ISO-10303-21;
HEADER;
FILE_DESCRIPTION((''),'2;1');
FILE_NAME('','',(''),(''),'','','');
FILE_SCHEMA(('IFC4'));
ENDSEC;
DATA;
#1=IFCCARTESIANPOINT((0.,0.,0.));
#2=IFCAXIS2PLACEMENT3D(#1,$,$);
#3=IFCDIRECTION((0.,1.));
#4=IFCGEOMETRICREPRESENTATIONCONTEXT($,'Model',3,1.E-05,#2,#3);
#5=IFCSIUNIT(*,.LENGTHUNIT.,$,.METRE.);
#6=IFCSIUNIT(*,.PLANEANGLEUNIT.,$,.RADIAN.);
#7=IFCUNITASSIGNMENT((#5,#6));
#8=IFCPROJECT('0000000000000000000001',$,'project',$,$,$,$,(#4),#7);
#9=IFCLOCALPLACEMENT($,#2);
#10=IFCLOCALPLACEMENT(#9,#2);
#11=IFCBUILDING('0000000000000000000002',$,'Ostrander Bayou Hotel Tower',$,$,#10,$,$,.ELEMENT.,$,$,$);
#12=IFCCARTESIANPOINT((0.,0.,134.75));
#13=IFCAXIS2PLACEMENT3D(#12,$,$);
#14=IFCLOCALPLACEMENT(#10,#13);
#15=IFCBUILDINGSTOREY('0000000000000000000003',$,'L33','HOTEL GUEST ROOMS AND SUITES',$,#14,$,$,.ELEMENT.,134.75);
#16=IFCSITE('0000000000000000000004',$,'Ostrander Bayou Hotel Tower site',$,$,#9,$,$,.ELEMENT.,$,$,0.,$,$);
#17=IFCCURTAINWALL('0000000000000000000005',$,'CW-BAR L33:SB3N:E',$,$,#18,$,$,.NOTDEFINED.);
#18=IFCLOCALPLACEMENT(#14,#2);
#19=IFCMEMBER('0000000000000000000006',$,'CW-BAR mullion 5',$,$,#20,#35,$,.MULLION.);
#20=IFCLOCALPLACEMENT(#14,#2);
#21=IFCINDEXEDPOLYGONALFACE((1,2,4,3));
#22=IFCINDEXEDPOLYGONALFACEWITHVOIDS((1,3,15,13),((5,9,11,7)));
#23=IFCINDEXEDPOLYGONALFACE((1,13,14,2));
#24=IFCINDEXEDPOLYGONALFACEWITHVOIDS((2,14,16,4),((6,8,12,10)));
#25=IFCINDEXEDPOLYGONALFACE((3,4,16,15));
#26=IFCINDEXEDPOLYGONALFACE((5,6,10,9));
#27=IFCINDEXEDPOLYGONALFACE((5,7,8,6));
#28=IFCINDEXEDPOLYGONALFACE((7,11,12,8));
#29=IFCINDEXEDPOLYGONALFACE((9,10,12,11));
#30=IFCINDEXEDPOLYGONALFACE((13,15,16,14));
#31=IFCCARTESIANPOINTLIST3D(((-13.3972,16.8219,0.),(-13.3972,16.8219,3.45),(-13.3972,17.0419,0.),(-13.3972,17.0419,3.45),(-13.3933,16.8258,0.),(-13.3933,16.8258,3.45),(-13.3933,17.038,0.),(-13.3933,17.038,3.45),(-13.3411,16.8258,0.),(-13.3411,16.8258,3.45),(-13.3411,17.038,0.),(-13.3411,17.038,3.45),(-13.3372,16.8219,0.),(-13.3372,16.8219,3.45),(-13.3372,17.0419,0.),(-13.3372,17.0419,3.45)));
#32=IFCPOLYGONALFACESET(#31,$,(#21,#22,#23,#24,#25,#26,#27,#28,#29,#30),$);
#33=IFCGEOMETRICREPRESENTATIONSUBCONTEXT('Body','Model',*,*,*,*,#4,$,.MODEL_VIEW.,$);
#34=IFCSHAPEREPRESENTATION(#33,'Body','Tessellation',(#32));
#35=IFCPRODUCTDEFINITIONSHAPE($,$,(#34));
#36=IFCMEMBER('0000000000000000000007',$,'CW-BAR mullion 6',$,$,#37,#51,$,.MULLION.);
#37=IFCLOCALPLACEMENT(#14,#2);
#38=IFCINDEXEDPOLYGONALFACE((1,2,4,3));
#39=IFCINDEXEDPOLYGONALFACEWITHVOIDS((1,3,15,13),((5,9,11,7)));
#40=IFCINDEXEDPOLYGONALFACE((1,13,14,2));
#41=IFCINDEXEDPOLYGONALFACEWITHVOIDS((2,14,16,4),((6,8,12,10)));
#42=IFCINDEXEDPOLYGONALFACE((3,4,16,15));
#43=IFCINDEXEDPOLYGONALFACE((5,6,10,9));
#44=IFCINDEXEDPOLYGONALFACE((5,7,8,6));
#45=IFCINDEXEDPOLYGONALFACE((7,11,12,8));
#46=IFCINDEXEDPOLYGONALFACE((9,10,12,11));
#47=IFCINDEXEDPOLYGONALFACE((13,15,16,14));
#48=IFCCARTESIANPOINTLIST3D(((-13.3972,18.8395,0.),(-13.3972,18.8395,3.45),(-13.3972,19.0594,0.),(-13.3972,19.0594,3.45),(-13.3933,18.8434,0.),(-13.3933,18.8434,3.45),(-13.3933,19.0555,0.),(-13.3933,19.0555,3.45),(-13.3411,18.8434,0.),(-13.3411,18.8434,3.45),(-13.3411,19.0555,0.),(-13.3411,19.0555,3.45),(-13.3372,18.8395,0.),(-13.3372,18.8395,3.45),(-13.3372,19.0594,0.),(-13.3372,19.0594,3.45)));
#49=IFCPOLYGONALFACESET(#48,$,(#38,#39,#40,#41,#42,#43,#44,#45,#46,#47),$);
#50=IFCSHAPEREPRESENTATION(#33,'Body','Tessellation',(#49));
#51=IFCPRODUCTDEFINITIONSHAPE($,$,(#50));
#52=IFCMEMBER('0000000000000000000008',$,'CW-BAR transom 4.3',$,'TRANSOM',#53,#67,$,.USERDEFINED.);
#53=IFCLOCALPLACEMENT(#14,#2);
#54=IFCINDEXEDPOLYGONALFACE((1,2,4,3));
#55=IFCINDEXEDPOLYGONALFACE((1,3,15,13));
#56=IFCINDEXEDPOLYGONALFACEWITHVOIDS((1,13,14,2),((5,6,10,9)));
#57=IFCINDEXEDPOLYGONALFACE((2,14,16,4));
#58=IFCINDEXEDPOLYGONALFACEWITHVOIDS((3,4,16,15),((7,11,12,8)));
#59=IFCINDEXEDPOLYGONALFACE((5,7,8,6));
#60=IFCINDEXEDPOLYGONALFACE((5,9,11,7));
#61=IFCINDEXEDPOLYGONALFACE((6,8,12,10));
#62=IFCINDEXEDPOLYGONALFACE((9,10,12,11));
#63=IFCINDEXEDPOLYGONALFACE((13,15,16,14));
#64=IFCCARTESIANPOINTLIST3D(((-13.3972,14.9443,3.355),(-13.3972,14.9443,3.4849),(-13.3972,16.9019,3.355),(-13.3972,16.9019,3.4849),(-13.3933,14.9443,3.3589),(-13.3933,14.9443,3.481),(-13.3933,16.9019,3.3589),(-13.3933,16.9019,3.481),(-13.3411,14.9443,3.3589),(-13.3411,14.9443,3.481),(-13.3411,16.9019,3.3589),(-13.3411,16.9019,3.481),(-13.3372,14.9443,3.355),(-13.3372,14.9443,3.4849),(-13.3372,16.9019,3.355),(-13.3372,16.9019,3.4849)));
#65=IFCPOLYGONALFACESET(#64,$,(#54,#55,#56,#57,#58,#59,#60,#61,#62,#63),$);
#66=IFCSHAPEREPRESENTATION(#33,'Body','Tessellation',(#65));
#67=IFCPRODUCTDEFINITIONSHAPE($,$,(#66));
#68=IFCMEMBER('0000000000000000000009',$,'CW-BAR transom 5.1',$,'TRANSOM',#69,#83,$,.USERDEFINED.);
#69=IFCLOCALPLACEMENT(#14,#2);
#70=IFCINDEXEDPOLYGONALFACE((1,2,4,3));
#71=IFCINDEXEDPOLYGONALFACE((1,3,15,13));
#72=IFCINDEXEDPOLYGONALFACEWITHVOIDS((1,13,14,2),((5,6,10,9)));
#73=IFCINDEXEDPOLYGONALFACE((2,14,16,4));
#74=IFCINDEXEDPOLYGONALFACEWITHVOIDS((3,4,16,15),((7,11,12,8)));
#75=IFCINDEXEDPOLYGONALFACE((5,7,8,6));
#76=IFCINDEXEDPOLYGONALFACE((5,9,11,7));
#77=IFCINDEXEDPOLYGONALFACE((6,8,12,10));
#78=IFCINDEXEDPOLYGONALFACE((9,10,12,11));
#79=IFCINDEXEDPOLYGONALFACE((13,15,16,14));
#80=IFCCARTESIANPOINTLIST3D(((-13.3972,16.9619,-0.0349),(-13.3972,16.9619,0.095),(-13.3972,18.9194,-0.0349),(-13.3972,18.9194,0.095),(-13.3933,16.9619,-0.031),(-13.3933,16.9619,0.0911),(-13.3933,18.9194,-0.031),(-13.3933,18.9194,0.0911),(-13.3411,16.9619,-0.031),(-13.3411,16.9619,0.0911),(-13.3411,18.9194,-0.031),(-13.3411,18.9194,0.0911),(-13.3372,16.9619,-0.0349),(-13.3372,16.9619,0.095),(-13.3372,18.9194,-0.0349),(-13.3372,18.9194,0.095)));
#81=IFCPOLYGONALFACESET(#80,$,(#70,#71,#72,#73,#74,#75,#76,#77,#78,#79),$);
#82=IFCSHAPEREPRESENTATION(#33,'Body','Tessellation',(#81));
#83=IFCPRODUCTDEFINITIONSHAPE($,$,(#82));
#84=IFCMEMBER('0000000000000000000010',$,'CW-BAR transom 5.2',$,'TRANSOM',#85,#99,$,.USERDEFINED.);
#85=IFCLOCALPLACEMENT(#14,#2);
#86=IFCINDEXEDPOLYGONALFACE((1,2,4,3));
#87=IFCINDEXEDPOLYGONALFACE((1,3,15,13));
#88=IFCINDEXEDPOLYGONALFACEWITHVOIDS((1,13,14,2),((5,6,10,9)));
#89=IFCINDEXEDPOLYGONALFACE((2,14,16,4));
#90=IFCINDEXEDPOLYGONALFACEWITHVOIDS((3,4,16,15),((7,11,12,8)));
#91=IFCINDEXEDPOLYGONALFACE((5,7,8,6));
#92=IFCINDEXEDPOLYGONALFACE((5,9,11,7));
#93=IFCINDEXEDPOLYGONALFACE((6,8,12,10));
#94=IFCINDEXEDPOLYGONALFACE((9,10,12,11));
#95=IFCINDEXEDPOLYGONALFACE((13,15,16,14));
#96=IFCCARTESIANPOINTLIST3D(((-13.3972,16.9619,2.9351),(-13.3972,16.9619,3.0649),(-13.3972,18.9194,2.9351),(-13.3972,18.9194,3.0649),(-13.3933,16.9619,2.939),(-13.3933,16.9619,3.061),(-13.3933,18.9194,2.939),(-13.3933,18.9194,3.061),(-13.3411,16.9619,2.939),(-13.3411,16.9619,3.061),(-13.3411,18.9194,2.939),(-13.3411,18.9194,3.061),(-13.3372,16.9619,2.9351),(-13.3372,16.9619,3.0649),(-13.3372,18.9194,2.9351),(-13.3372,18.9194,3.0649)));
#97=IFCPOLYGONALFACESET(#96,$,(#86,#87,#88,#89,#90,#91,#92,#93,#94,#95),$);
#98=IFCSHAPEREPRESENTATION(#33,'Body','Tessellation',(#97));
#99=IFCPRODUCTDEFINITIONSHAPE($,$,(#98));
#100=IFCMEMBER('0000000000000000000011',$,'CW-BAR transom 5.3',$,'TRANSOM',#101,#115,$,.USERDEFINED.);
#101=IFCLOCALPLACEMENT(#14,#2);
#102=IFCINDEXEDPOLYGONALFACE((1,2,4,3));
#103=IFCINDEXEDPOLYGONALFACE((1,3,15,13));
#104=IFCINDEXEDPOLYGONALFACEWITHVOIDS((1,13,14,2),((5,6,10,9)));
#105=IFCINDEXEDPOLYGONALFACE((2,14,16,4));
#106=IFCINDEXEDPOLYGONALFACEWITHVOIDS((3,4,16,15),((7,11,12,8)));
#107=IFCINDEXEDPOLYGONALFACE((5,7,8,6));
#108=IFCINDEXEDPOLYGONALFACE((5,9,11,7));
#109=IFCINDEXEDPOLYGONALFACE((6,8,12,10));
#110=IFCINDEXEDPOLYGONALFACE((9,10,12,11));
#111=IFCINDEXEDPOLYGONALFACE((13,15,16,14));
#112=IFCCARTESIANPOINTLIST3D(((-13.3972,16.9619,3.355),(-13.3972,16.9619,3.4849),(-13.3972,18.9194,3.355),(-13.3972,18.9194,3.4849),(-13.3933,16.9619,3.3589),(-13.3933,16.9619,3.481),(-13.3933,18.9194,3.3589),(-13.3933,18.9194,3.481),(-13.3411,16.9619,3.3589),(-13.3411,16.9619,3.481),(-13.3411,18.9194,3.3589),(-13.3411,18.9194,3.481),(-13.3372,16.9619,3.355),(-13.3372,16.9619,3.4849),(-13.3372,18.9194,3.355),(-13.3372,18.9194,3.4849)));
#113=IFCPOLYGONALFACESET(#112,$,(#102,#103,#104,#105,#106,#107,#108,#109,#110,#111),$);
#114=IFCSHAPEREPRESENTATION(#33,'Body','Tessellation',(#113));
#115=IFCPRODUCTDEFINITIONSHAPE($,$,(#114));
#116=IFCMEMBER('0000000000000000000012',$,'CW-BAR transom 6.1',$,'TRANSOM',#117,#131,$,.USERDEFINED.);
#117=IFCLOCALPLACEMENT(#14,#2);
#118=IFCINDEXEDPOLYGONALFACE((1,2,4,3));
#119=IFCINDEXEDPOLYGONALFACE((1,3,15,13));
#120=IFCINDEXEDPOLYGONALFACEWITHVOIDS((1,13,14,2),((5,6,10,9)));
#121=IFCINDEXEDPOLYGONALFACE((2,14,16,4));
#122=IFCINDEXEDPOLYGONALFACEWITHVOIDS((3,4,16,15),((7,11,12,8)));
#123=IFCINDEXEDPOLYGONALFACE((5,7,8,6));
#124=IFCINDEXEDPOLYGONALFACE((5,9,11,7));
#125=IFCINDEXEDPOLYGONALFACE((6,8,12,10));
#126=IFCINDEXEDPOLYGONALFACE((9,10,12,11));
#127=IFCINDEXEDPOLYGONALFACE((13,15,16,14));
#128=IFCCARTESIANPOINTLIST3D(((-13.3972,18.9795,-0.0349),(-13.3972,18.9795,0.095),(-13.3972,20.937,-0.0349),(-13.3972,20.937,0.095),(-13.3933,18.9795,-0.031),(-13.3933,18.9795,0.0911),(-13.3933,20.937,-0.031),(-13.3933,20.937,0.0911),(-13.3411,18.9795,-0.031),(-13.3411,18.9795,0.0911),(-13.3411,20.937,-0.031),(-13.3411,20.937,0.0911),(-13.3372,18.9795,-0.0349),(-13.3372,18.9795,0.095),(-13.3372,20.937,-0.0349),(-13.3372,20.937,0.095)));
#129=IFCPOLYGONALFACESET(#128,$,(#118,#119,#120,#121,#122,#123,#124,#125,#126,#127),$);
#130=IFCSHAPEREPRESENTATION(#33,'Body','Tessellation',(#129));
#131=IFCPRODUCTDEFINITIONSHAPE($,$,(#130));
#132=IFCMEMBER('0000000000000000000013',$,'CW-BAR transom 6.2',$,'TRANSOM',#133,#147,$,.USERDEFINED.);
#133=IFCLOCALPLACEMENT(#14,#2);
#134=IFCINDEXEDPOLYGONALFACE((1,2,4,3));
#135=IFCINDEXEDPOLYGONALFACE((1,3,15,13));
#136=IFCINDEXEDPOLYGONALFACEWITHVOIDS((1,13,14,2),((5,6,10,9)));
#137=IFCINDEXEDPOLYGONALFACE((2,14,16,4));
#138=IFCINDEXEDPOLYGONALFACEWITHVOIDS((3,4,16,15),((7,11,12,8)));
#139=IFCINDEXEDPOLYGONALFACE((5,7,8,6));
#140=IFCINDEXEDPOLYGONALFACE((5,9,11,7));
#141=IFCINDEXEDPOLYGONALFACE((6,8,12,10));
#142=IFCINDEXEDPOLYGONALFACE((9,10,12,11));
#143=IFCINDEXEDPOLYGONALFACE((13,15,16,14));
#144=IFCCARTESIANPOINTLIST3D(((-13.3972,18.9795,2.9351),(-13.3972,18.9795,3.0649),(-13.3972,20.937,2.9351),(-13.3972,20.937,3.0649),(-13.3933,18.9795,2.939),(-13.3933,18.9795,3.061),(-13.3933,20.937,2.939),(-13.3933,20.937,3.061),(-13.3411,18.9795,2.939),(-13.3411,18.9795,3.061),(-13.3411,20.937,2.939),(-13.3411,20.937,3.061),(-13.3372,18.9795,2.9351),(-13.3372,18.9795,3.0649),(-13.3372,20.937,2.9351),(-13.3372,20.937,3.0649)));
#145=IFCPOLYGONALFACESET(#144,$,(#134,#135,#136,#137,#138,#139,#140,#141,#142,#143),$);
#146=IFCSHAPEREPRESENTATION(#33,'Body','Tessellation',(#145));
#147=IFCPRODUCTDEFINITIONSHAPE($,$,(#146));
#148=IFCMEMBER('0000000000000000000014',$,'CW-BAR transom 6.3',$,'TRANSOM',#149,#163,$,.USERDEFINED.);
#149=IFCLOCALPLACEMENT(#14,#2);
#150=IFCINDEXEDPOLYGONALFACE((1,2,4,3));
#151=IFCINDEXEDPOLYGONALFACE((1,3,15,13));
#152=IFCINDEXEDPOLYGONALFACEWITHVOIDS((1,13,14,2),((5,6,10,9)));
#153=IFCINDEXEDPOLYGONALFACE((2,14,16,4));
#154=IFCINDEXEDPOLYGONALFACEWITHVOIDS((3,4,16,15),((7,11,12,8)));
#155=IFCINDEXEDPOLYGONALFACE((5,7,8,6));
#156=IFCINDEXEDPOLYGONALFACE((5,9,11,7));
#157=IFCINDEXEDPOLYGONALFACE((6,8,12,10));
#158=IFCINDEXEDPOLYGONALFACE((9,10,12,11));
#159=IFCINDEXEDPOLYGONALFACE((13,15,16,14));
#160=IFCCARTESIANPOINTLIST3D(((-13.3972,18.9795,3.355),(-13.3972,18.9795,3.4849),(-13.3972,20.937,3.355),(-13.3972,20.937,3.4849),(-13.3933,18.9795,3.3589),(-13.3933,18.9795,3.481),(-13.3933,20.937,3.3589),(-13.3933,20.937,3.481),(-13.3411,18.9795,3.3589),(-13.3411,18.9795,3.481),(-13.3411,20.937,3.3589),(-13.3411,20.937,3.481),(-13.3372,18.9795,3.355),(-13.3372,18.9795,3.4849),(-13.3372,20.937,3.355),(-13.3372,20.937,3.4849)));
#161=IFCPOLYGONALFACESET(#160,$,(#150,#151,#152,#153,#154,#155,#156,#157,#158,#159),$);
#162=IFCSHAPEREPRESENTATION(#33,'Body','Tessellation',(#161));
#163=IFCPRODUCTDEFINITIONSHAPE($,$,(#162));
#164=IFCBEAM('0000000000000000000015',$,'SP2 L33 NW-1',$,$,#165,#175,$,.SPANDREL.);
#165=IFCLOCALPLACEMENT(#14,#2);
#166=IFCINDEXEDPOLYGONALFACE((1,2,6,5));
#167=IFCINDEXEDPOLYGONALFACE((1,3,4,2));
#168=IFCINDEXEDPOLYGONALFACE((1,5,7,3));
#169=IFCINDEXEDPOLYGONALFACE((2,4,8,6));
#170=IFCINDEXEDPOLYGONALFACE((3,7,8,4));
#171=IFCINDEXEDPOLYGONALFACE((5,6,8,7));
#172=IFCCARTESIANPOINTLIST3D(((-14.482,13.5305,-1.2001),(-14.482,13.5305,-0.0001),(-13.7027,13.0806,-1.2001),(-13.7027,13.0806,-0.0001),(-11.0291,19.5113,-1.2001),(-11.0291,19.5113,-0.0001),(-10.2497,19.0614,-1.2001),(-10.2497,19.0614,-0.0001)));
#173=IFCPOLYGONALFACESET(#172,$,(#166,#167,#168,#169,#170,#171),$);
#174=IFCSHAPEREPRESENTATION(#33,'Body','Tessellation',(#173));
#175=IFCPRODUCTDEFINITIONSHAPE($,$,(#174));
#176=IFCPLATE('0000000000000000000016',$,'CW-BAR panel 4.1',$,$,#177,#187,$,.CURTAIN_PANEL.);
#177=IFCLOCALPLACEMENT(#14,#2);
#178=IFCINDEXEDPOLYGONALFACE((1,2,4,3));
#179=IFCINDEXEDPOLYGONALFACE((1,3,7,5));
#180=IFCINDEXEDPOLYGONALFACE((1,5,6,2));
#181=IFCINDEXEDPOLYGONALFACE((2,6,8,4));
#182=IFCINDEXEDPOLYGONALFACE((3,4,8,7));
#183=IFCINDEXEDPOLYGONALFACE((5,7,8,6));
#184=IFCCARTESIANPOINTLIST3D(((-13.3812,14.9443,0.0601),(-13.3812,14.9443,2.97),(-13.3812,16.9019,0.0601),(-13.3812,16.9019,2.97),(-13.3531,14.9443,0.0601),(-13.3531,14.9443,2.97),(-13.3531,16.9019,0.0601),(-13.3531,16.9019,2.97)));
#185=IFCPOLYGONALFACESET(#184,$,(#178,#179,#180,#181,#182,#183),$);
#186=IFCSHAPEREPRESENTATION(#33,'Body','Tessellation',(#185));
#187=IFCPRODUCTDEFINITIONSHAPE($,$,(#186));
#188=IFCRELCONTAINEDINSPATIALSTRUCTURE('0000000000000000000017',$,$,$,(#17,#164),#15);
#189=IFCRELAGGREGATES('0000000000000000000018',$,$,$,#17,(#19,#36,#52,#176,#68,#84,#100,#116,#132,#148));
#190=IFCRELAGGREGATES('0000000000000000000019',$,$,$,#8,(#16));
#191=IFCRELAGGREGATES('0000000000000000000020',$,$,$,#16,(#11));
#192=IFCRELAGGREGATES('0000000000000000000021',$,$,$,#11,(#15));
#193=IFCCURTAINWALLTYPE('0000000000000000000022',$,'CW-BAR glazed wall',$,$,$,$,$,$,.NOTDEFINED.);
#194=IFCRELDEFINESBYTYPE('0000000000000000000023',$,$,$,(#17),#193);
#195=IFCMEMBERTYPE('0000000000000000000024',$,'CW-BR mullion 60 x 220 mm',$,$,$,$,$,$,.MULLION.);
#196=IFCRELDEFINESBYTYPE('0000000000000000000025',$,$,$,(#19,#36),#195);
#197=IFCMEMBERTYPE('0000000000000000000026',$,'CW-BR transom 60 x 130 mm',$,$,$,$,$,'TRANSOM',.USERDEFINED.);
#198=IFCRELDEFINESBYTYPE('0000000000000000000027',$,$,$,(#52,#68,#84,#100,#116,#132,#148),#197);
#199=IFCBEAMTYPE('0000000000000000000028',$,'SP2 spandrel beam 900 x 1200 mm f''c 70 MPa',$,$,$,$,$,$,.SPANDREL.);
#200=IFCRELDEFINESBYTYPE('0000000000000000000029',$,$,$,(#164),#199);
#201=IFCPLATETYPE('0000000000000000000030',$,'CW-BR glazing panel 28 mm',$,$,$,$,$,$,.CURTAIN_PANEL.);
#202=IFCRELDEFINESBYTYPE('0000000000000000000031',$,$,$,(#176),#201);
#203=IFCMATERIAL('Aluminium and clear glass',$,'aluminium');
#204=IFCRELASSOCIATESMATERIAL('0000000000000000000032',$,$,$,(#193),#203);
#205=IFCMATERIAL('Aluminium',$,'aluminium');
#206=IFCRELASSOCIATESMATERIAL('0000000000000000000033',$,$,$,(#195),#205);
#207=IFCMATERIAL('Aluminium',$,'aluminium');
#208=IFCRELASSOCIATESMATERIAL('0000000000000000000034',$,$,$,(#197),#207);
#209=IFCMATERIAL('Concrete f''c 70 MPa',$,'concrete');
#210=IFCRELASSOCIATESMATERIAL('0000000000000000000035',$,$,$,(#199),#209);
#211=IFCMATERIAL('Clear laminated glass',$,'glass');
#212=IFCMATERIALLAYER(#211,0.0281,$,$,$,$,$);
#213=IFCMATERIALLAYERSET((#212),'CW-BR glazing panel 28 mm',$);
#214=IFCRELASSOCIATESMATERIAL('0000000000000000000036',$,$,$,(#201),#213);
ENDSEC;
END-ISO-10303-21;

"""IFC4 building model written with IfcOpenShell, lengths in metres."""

from ifc_helpers import new_model, si_unit, direction, frame, origin, origin_2d, place, context, subcontext, project, spatial, rectangle, hollow_rectangle, extrude, material, layer, layer_set, material_profile, profile_set, type_object, element, aggregate, save


model = new_model("IFC4")

# Units and contexts
model_context = context("Model", 3, precision=1e-05, world=origin(), true_north=direction((0.0, 1.0)))
body_context = subcontext(model_context, "Body", "Model", "MODEL_VIEW")
ifc_project = project(units=[si_unit("LENGTHUNIT", "METRE"), si_unit("PLANEANGLEUNIT", "RADIAN")], contexts=[model_context])

# Site, building, storey
site_placement = place(None, origin())
site = spatial("IfcSite", under=ifc_project, at=site_placement, Name="Ostrander Bayou Hotel Tower site", CompositionType="ELEMENT", RefElevation=0.0)
building_placement = place(site_placement, origin())
building = spatial("IfcBuilding", under=site, at=building_placement, Name="Ostrander Bayou Hotel Tower", CompositionType="ELEMENT")
storey_placement = place(building_placement, frame((0.0, 0.0, 134.75)))
storey = spatial("IfcBuildingStorey", under=building, at=storey_placement, Name="L33", Description="HOTEL GUEST ROOMS AND SUITES", CompositionType="ELEMENT", Elevation=134.75)

# Curtain wall, members
ifc_material_1 = material(Name="Aluminium and clear glass", Category="aluminium")
curtain_wall_type = type_object("IfcCurtainWallType", Name="CW-BAR glazed wall", PredefinedType="NOTDEFINED", material=ifc_material_1)
curtain_wall_placement = place(storey_placement, origin())
curtain_wall = element("IfcCurtainWall", 1, at=curtain_wall_placement, inside=storey, type_object=curtain_wall_type, Name="CW-BAR L33:SB3N:E", PredefinedType="NOTDEFINED")
ifc_material_2 = material(Name="Aluminium", Category="aluminium")
ifc_material_profile_1 = material_profile(ifc_material_2, hollow_rectangle(XDim=0.0601, YDim=0.22, WallThickness=0.0039, at=origin_2d()))
ifc_profile_set_1 = profile_set([ifc_material_profile_1], Name="Aluminium")
member_type_1 = type_object("IfcMemberType", Name="CW-BR mullion 60 x 220 mm", PredefinedType="MULLION", material=ifc_profile_set_1)
member_1_placement = place(storey_placement, frame((-13.3672, 16.9319, 0.0), z_axis=(0.0, 0.0, 1.0), x_axis=(-1.0, 0.0, 0.0)))
member_1 = element("IfcMember", 2, at=member_1_placement, type_object=member_type_1, Name="CW-BAR mullion 5", PredefinedType="MULLION", context=body_context, shape_type="SweptSolid", body=[
    extrude(hollow_rectangle(XDim=0.0601, YDim=0.22, WallThickness=0.0039, at=origin_2d()), origin(), (0.0, 0.0, 1.0), 3.45),
])
member_2_placement = place(storey_placement, frame((-13.3672, 18.9495, 0.0), z_axis=(0.0, 0.0, 1.0), x_axis=(-1.0, 0.0, 0.0)))
member_2 = element("IfcMember", 3, at=member_2_placement, type_object=member_type_1, Name="CW-BAR mullion 6", PredefinedType="MULLION", context=body_context, shape_type="SweptSolid", body=[
    extrude(hollow_rectangle(XDim=0.0601, YDim=0.22, WallThickness=0.0039, at=origin_2d()), origin(), (0.0, 0.0, 1.0), 3.45),
])
ifc_material_3 = material(Name="Aluminium", Category="aluminium")
ifc_material_profile_2 = material_profile(ifc_material_3, hollow_rectangle(XDim=0.0601, YDim=0.1299, WallThickness=0.0039, at=origin_2d()))
ifc_profile_set_2 = profile_set([ifc_material_profile_2], Name="Aluminium")
member_type_2 = type_object("IfcMemberType", Name="CW-BR transom 60 x 130 mm", ElementType="TRANSOM", PredefinedType="USERDEFINED", material=ifc_profile_set_2)
member_3_placement = place(storey_placement, frame((-13.3672, 14.9443, 3.4199), z_axis=(0.0, 1.0, 0.0), x_axis=(-1.0, 0.0, 0.0)))
member_3 = element("IfcMember", 4, at=member_3_placement, type_object=member_type_2, Name="CW-BAR transom 4.3", ObjectType="TRANSOM", PredefinedType="USERDEFINED", context=body_context, shape_type="SweptSolid", body=[
    extrude(hollow_rectangle(XDim=0.0601, YDim=0.1299, WallThickness=0.0039, at=origin_2d()), origin(), (0.0, 0.0, 1.0), 1.9575),
])
member_4_placement = place(storey_placement, frame((-13.3672, 16.9619, 0.03), z_axis=(0.0, 1.0, 0.0), x_axis=(-1.0, 0.0, 0.0)))
member_4 = element("IfcMember", 5, at=member_4_placement, type_object=member_type_2, Name="CW-BAR transom 5.1", ObjectType="TRANSOM", PredefinedType="USERDEFINED", context=body_context, shape_type="SweptSolid", body=[
    extrude(hollow_rectangle(XDim=0.0601, YDim=0.1299, WallThickness=0.0039, at=origin_2d()), origin(), (0.0, 0.0, 1.0), 1.9575),
])
member_5_placement = place(storey_placement, frame((-13.3672, 16.9619, 3.0), z_axis=(0.0, 1.0, 0.0), x_axis=(-1.0, 0.0, 0.0)))
member_5 = element("IfcMember", 6, at=member_5_placement, type_object=member_type_2, Name="CW-BAR transom 5.2", ObjectType="TRANSOM", PredefinedType="USERDEFINED", context=body_context, shape_type="SweptSolid", body=[
    extrude(hollow_rectangle(XDim=0.0601, YDim=0.1299, WallThickness=0.0039, at=origin_2d()), origin(), (0.0, 0.0, 1.0), 1.9575),
])
member_6_placement = place(storey_placement, frame((-13.3672, 16.9619, 3.4199), z_axis=(0.0, 1.0, 0.0), x_axis=(-1.0, 0.0, 0.0)))
member_6 = element("IfcMember", 7, at=member_6_placement, type_object=member_type_2, Name="CW-BAR transom 5.3", ObjectType="TRANSOM", PredefinedType="USERDEFINED", context=body_context, shape_type="SweptSolid", body=[
    extrude(hollow_rectangle(XDim=0.0601, YDim=0.1299, WallThickness=0.0039, at=origin_2d()), origin(), (0.0, 0.0, 1.0), 1.9575),
])
member_7_placement = place(storey_placement, frame((-13.3672, 18.9795, 0.03), z_axis=(0.0, 1.0, 0.0), x_axis=(-1.0, 0.0, 0.0)))
member_7 = element("IfcMember", 8, at=member_7_placement, type_object=member_type_2, Name="CW-BAR transom 6.1", ObjectType="TRANSOM", PredefinedType="USERDEFINED", context=body_context, shape_type="SweptSolid", body=[
    extrude(hollow_rectangle(XDim=0.0601, YDim=0.1299, WallThickness=0.0039, at=origin_2d()), origin(), (0.0, 0.0, 1.0), 1.9575),
])
member_8_placement = place(storey_placement, frame((-13.3672, 18.9795, 3.0), z_axis=(0.0, 1.0, 0.0), x_axis=(-1.0, 0.0, 0.0)))
member_8 = element("IfcMember", 9, at=member_8_placement, type_object=member_type_2, Name="CW-BAR transom 6.2", ObjectType="TRANSOM", PredefinedType="USERDEFINED", context=body_context, shape_type="SweptSolid", body=[
    extrude(hollow_rectangle(XDim=0.0601, YDim=0.1299, WallThickness=0.0039, at=origin_2d()), origin(), (0.0, 0.0, 1.0), 1.9575),
])
member_9_placement = place(storey_placement, frame((-13.3672, 18.9795, 3.4199), z_axis=(0.0, 1.0, 0.0), x_axis=(-1.0, 0.0, 0.0)))
member_9 = element("IfcMember", 10, at=member_9_placement, type_object=member_type_2, Name="CW-BAR transom 6.3", ObjectType="TRANSOM", PredefinedType="USERDEFINED", context=body_context, shape_type="SweptSolid", body=[
    extrude(hollow_rectangle(XDim=0.0601, YDim=0.1299, WallThickness=0.0039, at=origin_2d()), origin(), (0.0, 0.0, 1.0), 1.9575),
])

# Beam
ifc_material_4 = material(Name="Concrete f'c 70 MPa", Category="concrete")
ifc_material_profile_3 = material_profile(ifc_material_4, rectangle(XDim=0.8999, YDim=1.2, at=origin_2d()))
ifc_profile_set_3 = profile_set([ifc_material_profile_3], Name="Concrete f'c 70 MPa")
beam_type = type_object("IfcBeamType", Name="SP2 spandrel beam 900 x 1200 mm f'c 70 MPa", PredefinedType="SPANDREL", material=ifc_profile_set_3)
beam_placement = place(storey_placement, frame((-10.6394, 19.2864, -0.6001), z_axis=(-0.499991, -0.866031, 0.0), x_axis=(0.866031, -0.499991, 0.0)))
element("IfcBeam", 11, at=beam_placement, inside=storey, type_object=beam_type, Name="SP2 L33 NW-1", PredefinedType="SPANDREL", context=body_context, shape_type="SweptSolid", body=[
    extrude(rectangle(XDim=0.8999, YDim=1.2, at=origin_2d()), origin(), (0.0, 0.0, 1.0), 6.906),
])

# Plate
ifc_material_5 = material(Name="Clear laminated glass", Category="glass")
ifc_layer_1 = layer(ifc_material_5, 0.0281)
ifc_layer_set_1 = layer_set([ifc_layer_1], Name="CW-BR glazing panel 28 mm")
plate_type = type_object("IfcPlateType", Name="CW-BR glazing panel 28 mm", PredefinedType="CURTAIN_PANEL", material=ifc_layer_set_1)
plate_1_placement = place(storey_placement, frame((-13.3672, 15.9231, 0.0601), z_axis=(0.0, 0.0, 1.0), x_axis=(0.0, 1.0, 0.0)))
plate_1 = element("IfcPlate", 12, at=plate_1_placement, type_object=plate_type, Name="CW-BAR panel 4.1", PredefinedType="CURTAIN_PANEL", context=body_context, shape_type="SweptSolid", body=[
    extrude(rectangle(XDim=1.9575, YDim=0.0281, at=origin_2d()), origin(), (0.0, 0.0, 1.0), 2.9099),
])
aggregate(curtain_wall, [member_1, member_2, member_3, plate_1, member_4, member_5, member_6, member_7, member_8, member_9])

save(model, "model.ifc")
